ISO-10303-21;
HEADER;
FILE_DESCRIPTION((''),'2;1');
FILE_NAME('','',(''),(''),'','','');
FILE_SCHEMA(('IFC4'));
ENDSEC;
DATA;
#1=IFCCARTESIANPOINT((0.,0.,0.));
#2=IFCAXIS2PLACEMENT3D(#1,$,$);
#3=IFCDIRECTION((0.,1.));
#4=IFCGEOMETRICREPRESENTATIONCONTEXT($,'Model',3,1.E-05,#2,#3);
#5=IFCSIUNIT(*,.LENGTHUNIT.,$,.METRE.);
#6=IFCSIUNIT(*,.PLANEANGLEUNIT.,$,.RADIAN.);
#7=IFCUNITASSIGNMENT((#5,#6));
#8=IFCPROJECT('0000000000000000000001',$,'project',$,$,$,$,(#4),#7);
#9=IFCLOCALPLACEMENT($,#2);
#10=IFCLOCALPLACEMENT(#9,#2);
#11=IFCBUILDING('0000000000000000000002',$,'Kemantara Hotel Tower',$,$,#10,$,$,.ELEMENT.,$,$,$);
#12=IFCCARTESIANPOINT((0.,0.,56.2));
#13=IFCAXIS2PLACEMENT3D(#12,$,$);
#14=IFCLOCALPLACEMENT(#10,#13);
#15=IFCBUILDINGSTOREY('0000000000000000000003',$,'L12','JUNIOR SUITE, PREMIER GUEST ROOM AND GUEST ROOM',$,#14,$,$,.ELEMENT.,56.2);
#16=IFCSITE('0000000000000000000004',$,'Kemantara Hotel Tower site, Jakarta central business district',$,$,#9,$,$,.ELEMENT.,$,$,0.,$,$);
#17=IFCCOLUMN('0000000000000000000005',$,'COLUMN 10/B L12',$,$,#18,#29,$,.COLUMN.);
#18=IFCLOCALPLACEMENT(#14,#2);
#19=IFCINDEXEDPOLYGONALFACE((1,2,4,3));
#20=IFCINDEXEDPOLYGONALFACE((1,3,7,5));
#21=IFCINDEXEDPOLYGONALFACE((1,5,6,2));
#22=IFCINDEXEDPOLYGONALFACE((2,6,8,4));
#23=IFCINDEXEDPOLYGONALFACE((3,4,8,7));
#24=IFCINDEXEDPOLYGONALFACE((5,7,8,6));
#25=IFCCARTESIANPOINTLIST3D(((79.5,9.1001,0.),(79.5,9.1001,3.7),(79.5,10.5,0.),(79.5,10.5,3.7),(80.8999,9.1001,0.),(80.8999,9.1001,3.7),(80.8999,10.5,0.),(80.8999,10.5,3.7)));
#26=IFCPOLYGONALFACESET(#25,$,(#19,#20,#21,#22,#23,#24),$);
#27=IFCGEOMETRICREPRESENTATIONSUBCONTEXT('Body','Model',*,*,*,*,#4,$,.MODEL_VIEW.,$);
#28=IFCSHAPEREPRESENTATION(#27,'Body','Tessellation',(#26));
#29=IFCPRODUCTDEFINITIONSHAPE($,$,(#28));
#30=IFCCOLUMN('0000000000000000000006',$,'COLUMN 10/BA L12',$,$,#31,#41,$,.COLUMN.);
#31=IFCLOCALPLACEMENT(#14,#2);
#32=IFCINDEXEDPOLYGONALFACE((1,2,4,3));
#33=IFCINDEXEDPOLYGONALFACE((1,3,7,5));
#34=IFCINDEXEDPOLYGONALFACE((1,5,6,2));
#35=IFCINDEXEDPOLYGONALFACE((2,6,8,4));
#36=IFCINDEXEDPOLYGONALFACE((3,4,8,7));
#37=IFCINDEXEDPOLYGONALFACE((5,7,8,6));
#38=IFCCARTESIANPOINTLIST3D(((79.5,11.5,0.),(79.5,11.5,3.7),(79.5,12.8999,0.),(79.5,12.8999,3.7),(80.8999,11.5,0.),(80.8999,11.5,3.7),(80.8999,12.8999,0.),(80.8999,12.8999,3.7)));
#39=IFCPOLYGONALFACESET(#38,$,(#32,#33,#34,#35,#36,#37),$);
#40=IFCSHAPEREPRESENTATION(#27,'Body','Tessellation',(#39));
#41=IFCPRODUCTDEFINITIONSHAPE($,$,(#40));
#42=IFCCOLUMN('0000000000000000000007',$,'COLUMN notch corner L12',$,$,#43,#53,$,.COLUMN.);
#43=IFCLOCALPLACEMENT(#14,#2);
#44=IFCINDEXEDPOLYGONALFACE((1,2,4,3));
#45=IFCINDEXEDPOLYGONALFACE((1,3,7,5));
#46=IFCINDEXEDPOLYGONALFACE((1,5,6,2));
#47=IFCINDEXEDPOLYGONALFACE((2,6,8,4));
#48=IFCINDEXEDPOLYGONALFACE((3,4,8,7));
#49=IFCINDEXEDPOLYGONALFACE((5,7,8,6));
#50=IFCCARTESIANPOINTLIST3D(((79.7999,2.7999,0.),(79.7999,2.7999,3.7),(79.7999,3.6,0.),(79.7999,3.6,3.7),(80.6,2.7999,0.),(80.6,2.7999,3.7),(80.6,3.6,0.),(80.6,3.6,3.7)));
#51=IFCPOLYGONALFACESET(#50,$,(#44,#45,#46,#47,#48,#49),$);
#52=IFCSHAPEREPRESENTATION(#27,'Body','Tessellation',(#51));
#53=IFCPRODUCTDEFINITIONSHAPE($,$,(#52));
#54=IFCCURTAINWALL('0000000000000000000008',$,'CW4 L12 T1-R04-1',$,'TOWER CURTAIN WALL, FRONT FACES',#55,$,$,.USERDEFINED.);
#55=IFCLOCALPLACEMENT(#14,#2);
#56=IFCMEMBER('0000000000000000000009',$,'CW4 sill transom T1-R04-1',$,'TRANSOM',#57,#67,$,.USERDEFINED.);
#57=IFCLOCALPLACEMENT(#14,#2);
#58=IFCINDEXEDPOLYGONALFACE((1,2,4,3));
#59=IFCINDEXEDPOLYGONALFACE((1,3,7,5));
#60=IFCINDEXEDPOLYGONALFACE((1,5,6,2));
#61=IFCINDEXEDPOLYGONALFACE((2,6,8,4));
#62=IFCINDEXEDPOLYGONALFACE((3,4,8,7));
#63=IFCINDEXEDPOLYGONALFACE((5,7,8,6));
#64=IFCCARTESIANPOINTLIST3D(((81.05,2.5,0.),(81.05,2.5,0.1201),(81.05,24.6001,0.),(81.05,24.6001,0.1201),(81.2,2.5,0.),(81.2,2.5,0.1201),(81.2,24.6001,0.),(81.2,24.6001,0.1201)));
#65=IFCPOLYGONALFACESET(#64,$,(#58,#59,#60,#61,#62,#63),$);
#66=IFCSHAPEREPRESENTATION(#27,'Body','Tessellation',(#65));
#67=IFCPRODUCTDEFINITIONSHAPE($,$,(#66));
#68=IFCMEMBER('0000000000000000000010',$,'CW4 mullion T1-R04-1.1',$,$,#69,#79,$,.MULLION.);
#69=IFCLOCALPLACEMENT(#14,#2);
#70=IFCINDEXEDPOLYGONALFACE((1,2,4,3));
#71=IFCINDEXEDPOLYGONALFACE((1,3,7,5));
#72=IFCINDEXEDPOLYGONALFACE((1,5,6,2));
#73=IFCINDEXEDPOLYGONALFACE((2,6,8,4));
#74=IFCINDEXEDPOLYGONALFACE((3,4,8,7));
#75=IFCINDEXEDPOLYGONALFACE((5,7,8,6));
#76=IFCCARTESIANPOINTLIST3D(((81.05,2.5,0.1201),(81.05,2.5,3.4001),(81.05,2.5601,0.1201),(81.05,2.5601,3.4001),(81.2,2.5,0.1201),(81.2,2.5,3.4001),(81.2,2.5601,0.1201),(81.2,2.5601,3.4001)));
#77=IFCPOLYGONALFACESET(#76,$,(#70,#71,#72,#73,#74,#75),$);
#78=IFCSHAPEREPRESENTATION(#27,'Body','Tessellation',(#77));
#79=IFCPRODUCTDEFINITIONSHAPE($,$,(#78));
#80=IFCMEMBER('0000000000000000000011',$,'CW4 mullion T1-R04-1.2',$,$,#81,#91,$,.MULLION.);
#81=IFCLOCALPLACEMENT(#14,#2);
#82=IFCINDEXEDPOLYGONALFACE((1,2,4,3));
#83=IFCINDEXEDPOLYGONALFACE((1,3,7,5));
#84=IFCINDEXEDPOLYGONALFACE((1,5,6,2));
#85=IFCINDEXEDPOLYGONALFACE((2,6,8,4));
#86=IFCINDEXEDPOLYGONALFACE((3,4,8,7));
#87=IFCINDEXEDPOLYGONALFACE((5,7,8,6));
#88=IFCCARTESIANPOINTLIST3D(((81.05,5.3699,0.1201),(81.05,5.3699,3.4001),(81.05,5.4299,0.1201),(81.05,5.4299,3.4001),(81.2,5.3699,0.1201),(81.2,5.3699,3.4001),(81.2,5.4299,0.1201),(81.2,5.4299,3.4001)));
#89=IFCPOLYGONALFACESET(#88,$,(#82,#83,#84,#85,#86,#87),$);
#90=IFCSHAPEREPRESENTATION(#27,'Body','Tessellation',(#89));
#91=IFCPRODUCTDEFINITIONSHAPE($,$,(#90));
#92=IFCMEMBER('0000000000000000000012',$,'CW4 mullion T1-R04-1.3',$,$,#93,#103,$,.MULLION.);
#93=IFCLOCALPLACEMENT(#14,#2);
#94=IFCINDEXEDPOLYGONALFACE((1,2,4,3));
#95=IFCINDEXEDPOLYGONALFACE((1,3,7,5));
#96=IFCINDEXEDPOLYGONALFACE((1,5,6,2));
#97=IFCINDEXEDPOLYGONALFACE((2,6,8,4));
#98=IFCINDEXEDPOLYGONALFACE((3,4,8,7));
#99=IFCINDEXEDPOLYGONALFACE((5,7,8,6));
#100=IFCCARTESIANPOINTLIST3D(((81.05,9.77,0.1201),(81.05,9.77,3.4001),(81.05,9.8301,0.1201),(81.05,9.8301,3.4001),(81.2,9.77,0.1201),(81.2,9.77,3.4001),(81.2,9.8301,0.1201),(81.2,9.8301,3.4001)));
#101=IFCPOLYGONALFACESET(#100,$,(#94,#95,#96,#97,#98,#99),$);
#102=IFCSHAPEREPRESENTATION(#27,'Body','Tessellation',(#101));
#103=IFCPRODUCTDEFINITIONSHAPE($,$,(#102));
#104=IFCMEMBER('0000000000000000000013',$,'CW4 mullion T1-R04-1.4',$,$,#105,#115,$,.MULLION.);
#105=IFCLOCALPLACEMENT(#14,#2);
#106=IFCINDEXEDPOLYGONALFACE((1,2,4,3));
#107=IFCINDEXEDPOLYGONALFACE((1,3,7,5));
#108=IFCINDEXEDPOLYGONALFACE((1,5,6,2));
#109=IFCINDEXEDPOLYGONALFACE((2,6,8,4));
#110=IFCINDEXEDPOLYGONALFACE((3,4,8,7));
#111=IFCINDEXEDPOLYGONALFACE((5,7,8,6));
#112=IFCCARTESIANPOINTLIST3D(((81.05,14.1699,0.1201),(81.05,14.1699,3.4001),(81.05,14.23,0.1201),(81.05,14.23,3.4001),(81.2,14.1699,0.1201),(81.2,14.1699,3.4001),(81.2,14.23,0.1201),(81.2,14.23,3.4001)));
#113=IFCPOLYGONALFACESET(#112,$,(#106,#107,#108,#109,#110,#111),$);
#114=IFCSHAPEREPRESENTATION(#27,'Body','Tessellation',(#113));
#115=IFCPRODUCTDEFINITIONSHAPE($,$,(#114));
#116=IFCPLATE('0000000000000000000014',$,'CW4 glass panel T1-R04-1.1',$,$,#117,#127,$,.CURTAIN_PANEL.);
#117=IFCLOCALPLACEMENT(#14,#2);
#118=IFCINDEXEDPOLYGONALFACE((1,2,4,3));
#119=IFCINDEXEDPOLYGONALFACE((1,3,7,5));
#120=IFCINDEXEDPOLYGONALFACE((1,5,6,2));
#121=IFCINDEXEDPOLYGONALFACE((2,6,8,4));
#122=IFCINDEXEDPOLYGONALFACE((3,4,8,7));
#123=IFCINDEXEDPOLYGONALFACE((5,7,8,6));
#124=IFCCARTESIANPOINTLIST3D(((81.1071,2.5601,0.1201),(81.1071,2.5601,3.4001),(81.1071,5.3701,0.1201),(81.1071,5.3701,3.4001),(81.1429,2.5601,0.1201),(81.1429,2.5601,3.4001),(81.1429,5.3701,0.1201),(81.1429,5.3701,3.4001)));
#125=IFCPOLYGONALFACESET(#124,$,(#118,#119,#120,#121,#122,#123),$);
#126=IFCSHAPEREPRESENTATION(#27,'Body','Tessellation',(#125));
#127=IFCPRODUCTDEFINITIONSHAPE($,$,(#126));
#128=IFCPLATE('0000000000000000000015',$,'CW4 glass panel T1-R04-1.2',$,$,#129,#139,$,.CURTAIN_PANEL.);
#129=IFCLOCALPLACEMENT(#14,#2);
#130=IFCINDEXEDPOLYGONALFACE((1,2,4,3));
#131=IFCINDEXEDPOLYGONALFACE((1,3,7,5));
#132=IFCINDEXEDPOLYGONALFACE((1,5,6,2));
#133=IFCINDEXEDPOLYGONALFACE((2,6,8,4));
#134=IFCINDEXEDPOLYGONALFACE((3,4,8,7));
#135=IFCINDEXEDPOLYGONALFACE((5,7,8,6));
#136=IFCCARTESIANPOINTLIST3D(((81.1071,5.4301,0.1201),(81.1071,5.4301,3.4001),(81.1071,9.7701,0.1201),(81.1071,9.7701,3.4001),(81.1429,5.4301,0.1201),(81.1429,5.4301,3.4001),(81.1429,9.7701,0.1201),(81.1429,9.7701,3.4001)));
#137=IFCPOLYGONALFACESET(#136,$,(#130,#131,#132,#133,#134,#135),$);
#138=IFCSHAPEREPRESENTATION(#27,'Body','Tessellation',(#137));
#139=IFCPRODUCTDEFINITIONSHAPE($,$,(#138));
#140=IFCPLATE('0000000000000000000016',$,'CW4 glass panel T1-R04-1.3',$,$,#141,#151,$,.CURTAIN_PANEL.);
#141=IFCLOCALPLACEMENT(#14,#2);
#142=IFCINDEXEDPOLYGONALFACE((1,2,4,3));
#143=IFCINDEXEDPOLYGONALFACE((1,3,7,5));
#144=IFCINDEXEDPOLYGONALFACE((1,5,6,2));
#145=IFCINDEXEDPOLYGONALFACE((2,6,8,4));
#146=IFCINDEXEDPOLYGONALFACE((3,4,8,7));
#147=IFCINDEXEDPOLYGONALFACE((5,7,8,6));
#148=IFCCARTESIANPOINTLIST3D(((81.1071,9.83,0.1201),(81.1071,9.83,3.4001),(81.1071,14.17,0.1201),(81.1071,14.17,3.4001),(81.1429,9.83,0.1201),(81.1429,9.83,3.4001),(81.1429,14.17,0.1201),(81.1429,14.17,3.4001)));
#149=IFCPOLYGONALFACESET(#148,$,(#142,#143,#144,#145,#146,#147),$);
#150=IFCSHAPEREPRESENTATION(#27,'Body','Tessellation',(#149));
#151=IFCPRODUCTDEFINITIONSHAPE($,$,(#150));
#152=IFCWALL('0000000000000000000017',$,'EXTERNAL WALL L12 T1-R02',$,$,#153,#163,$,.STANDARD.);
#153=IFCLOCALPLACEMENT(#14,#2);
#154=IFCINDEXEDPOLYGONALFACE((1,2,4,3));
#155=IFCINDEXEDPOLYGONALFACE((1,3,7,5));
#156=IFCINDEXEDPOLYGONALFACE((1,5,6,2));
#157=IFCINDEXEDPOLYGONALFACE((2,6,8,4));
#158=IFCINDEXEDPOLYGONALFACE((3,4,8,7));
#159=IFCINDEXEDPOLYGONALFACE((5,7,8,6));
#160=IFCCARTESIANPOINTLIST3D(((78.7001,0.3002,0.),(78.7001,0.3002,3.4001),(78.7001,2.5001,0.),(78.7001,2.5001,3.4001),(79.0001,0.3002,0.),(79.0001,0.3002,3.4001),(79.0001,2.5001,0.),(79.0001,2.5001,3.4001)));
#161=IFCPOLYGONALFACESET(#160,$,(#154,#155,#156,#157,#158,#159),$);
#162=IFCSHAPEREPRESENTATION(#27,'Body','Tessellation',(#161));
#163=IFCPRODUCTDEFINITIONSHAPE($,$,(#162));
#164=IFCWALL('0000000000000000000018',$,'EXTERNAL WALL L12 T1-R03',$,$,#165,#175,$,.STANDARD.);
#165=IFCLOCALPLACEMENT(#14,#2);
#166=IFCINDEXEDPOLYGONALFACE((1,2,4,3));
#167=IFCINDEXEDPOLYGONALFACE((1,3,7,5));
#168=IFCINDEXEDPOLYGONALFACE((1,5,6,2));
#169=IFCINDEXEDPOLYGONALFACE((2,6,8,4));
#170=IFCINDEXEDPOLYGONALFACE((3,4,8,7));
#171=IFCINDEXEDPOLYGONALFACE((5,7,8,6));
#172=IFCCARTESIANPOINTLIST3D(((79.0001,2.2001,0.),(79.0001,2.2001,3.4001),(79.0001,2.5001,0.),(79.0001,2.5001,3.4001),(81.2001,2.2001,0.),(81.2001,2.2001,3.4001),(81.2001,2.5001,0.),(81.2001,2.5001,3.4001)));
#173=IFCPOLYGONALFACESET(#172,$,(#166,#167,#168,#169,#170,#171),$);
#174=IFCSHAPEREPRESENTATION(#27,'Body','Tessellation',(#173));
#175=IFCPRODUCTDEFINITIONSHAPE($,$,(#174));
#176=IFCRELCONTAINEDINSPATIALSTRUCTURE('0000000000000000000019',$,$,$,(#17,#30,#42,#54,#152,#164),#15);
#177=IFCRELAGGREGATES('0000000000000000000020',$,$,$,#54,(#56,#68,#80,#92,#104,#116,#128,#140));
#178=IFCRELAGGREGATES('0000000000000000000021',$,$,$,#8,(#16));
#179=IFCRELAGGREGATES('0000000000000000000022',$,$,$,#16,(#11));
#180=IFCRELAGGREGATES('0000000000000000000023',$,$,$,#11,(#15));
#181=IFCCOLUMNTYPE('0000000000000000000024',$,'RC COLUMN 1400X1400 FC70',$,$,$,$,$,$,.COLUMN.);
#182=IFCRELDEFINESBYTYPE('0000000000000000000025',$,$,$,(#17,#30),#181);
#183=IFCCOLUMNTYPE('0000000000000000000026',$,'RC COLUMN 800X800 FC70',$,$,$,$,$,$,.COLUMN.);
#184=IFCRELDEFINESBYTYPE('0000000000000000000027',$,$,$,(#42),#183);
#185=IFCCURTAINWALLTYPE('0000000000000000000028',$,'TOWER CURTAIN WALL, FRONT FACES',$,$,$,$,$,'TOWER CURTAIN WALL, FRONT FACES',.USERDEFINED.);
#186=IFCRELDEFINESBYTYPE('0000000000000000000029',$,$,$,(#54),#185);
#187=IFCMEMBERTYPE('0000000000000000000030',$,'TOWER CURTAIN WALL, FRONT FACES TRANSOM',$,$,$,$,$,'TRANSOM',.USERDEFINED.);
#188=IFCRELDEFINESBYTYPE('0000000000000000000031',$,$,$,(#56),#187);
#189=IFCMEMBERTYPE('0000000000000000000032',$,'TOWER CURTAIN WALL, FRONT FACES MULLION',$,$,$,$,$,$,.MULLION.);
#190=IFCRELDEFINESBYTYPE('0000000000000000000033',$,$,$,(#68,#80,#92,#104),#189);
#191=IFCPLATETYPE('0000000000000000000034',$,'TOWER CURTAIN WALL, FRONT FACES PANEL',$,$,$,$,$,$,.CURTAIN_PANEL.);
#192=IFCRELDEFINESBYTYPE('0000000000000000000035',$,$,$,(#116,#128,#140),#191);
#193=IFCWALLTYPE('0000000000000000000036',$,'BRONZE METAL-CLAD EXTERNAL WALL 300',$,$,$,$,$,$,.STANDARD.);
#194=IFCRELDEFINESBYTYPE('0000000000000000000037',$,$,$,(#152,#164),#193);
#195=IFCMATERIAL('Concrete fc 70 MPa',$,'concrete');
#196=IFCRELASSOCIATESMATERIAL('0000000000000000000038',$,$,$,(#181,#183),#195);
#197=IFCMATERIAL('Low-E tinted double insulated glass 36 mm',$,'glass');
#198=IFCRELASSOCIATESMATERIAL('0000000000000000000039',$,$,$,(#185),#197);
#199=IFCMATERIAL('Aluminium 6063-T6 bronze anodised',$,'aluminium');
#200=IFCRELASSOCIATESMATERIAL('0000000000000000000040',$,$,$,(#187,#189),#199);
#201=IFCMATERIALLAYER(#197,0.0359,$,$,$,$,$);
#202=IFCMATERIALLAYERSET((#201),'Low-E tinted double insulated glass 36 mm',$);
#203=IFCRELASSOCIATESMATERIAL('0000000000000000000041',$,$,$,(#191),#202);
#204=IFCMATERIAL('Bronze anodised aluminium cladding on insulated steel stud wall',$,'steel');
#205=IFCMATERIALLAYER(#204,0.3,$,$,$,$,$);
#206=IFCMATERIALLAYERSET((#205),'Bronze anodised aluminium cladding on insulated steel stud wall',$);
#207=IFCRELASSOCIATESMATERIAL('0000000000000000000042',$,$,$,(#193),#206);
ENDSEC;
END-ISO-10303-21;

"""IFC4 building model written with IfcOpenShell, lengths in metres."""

from ifc_helpers import new_model, si_unit, direction, frame, frame_2d, origin, origin_2d, place, context, subcontext, project, spatial, rectangle, extrude, source, transform, mapped, material, layer, layer_set, material_profile, profile_set, type_object, element, aggregate, save


model = new_model("IFC4")

# Units and contexts
model_context = context("Model", 3, precision=1e-05, world=origin(), true_north=direction((0.0, 1.0)))
body_context = subcontext(model_context, "Body", "Model", "MODEL_VIEW")
ifc_project = project(units=[si_unit("LENGTHUNIT", "METRE"), si_unit("PLANEANGLEUNIT", "RADIAN")], contexts=[model_context])

# Site, building, storey
site_placement = place(None, origin())
site = spatial("IfcSite", under=ifc_project, at=site_placement, Name="Kemantara Hotel Tower site, Jakarta central business district", CompositionType="ELEMENT", RefElevation=0.0)
building_placement = place(site_placement, origin())
building = spatial("IfcBuilding", under=site, at=building_placement, Name="Kemantara Hotel Tower", CompositionType="ELEMENT")
storey_placement = place(building_placement, frame((0.0, 0.0, 56.2)))
storey = spatial("IfcBuildingStorey", under=building, at=storey_placement, Name="L12", Description="JUNIOR SUITE, PREMIER GUEST ROOM AND GUEST ROOM", CompositionType="ELEMENT", Elevation=56.2)

# Columns
ifc_material_1 = material(Name="Concrete fc 70 MPa", Category="concrete")
ifc_material_profile_1 = material_profile(ifc_material_1, rectangle(XDim=1.3999, YDim=1.3999, at=origin_2d()), Name="RC 1400X1400")
ifc_profile_set_1 = profile_set([ifc_material_profile_1], Name="Concrete fc 70 MPa")
column_type_1 = type_object("IfcColumnType", Name="RC COLUMN 1400X1400 FC70", PredefinedType="COLUMN", material=ifc_profile_set_1)
for number, where, z_axis, x_axis, name in (
    (1, (80.2, 9.8, 0.0), (0.0, 0.0, 1.0), (1.0, 0.0, 0.0), "COLUMN 10/B L12"),
    (2, (80.2, 12.2, 0.0), (0.0, 0.0, 1.0), (1.0, 0.0, 0.0), "COLUMN 10/BA L12"),
):
    element("IfcColumn", number, at=place(storey_placement, frame(where, z_axis=z_axis, x_axis=x_axis)), inside=storey, type_object=column_type_1, Name=name, PredefinedType="COLUMN", context=body_context, shape_type="SweptSolid", body=[
        extrude(rectangle(XDim=1.3999, YDim=1.3999, at=origin_2d()), origin(), (0.0, 0.0, 1.0), 3.7),
    ])
ifc_material_profile_2 = material_profile(ifc_material_1, rectangle(XDim=0.8, YDim=0.8, at=origin_2d()), Name="RC 800X800")
ifc_profile_set_2 = profile_set([ifc_material_profile_2], Name="Concrete fc 70 MPa")
column_type_2 = type_object("IfcColumnType", Name="RC COLUMN 800X800 FC70", PredefinedType="COLUMN", material=ifc_profile_set_2)
column_placement = place(storey_placement, frame((80.2, 3.2, 0.0), z_axis=(0.0, 0.0, 1.0), x_axis=(1.0, 0.0, 0.0)))
element("IfcColumn", 3, at=column_placement, inside=storey, type_object=column_type_2, Name="COLUMN notch corner L12", PredefinedType="COLUMN", context=body_context, shape_type="SweptSolid", body=[
    extrude(rectangle(XDim=0.8, YDim=0.8, at=origin_2d()), origin(), (0.0, 0.0, 1.0), 3.7),
])

# Curtain wall, members, plates
ifc_material_2 = material(Name="Low-E tinted double insulated glass 36 mm", Category="glass")
curtain_wall_type = type_object("IfcCurtainWallType", Name="TOWER CURTAIN WALL, FRONT FACES", ElementType="TOWER CURTAIN WALL, FRONT FACES", PredefinedType="USERDEFINED", material=ifc_material_2)
curtain_wall_placement = place(storey_placement, origin())
curtain_wall = element("IfcCurtainWall", 4, at=curtain_wall_placement, inside=storey, type_object=curtain_wall_type, Name="CW4 L12 T1-R04-1", ObjectType="TOWER CURTAIN WALL, FRONT FACES", PredefinedType="USERDEFINED")
ifc_material_3 = material(Name="Aluminium 6063-T6 bronze anodised", Category="aluminium")
ifc_material_profile_3 = material_profile(ifc_material_3, rectangle(XDim=0.1499, YDim=0.1201, at=origin_2d()), Name="TOWER CURTAIN WALL, FRONT FACES TRANSOM")
ifc_profile_set_3 = profile_set([ifc_material_profile_3], Name="Aluminium 6063-T6 bronze anodised")
member_type_1 = type_object("IfcMemberType", Name="TOWER CURTAIN WALL, FRONT FACES TRANSOM", ElementType="TRANSOM", PredefinedType="USERDEFINED", material=ifc_profile_set_3)
member_1_placement = place(storey_placement, frame((81.125, 2.5, 0.0601), z_axis=(0.0, 1.0, 0.0), x_axis=(-1.0, 0.0, 0.0)))
member_1 = element("IfcMember", 5, at=member_1_placement, type_object=member_type_1, Name="CW4 sill transom T1-R04-1", ObjectType="TRANSOM", PredefinedType="USERDEFINED", context=body_context, shape_type="SweptSolid", body=[
    extrude(rectangle(XDim=0.1499, YDim=0.1201, at=origin_2d()), origin(), (0.0, 0.0, 1.0), 22.1001),
])
ifc_material_profile_4 = material_profile(ifc_material_3, rectangle(XDim=0.1499, YDim=0.0601, at=origin_2d()), Name="TOWER CURTAIN WALL, FRONT FACES MULLION")
ifc_profile_set_4 = profile_set([ifc_material_profile_4], Name="Aluminium 6063-T6 bronze anodised")
member_type_2 = type_object("IfcMemberType", Name="TOWER CURTAIN WALL, FRONT FACES MULLION", PredefinedType="MULLION", material=ifc_profile_set_4)
shared_shape_1 = source(origin(), body_context, "Body", "SweptSolid", [
    extrude(rectangle(XDim=0.1499, YDim=0.0601, at=origin_2d()), origin(), (0.0, 0.0, 1.0), 3.28),
])
member_2_placement = place(storey_placement, frame((81.125, 2.53, 0.1201), z_axis=(0.0, 0.0, 1.0), x_axis=(-1.0, 0.0, 0.0)))
member_2 = element("IfcMember", 6, at=member_2_placement, type_object=member_type_2, Name="CW4 mullion T1-R04-1.1", PredefinedType="MULLION", context=body_context, shape_type="MappedRepresentation", body=[
    mapped(shared_shape_1, transform((0.0, 0.0, 0.0))),
])
member_3_placement = place(storey_placement, frame((81.125, 5.3999, 0.1201), z_axis=(0.0, 0.0, 1.0), x_axis=(-1.0, 0.0, 0.0)))
member_3 = element("IfcMember", 7, at=member_3_placement, type_object=member_type_2, Name="CW4 mullion T1-R04-1.2", PredefinedType="MULLION", context=body_context, shape_type="MappedRepresentation", body=[
    mapped(shared_shape_1, transform((0.0, 0.0, 0.0))),
])
member_4_placement = place(storey_placement, frame((81.125, 9.8, 0.1201), z_axis=(0.0, 0.0, 1.0), x_axis=(-1.0, 0.0, 0.0)))
member_4 = element("IfcMember", 8, at=member_4_placement, type_object=member_type_2, Name="CW4 mullion T1-R04-1.3", PredefinedType="MULLION", context=body_context, shape_type="MappedRepresentation", body=[
    mapped(shared_shape_1, transform((0.0, 0.0, 0.0))),
])
member_5_placement = place(storey_placement, frame((81.125, 14.2, 0.1201), z_axis=(0.0, 0.0, 1.0), x_axis=(-1.0, 0.0, 0.0)))
member_5 = element("IfcMember", 9, at=member_5_placement, type_object=member_type_2, Name="CW4 mullion T1-R04-1.4", PredefinedType="MULLION", context=body_context, shape_type="MappedRepresentation", body=[
    mapped(shared_shape_1, transform((0.0, 0.0, 0.0))),
])
ifc_layer_1 = layer(ifc_material_2, 0.0359)
ifc_layer_set_1 = layer_set([ifc_layer_1], Name="Low-E tinted double insulated glass 36 mm")
plate_type = type_object("IfcPlateType", Name="TOWER CURTAIN WALL, FRONT FACES PANEL", PredefinedType="CURTAIN_PANEL", material=ifc_layer_set_1)
shared_shape_2 = source(origin(), body_context, "Body", "SweptSolid", [
    extrude(rectangle(XDim=2.8101, YDim=0.0359, at=origin_2d()), origin(), (0.0, 0.0, 1.0), 3.28),
])
plate_1_placement = place(storey_placement, frame((81.125, 3.9651, 0.1201), z_axis=(0.0, 0.0, 1.0), x_axis=(0.0, 1.0, 0.0)))
plate_1 = element("IfcPlate", 10, at=plate_1_placement, type_object=plate_type, Name="CW4 glass panel T1-R04-1.1", PredefinedType="CURTAIN_PANEL", context=body_context, shape_type="MappedRepresentation", body=[
    mapped(shared_shape_2, transform((0.0, 0.0, 0.0))),
])
shared_shape_3 = source(origin(), body_context, "Body", "SweptSolid", [
    extrude(rectangle(XDim=4.3401, YDim=0.0359, at=origin_2d()), origin(), (0.0, 0.0, 1.0), 3.28),
])
plate_2_placement = place(storey_placement, frame((81.125, 7.6001, 0.1201), z_axis=(0.0, 0.0, 1.0), x_axis=(0.0, 1.0, 0.0)))
plate_2 = element("IfcPlate", 11, at=plate_2_placement, type_object=plate_type, Name="CW4 glass panel T1-R04-1.2", PredefinedType="CURTAIN_PANEL", context=body_context, shape_type="MappedRepresentation", body=[
    mapped(shared_shape_3, transform((0.0, 0.0, 0.0))),
])
plate_3_placement = place(storey_placement, frame((81.125, 12.0, 0.1201), z_axis=(0.0, 0.0, 1.0), x_axis=(0.0, 1.0, 0.0)))
plate_3 = element("IfcPlate", 12, at=plate_3_placement, type_object=plate_type, Name="CW4 glass panel T1-R04-1.3", PredefinedType="CURTAIN_PANEL", context=body_context, shape_type="MappedRepresentation", body=[
    mapped(shared_shape_3, transform((0.0, 0.0, 0.0))),
])
aggregate(curtain_wall, [member_1, member_2, member_3, member_4, member_5, plate_1, plate_2, plate_3])

# Walls
ifc_material_4 = material(Name="Bronze anodised aluminium cladding on insulated steel stud wall", Category="steel")
ifc_layer_2 = layer(ifc_material_4, 0.3)
ifc_layer_set_2 = layer_set([ifc_layer_2], Name="Bronze anodised aluminium cladding on insulated steel stud wall")
wall_type_1 = type_object("IfcWallType", Name="BRONZE METAL-CLAD EXTERNAL WALL 300", PredefinedType="STANDARD", material=ifc_layer_set_2)
for number, where, z_axis, x_axis, name in (
    (13, (78.8501, 0.3, 0.0), (0.0, 0.0, 1.0), (0.0, 1.0, 0.0), "EXTERNAL WALL L12 T1-R02"),
    (14, (79.0, 2.3501, 0.0), (0.0, 0.0, 1.0), (1.0, 0.0, 0.0), "EXTERNAL WALL L12 T1-R03"),
):
    element("IfcWall", number, at=place(storey_placement, frame(where, z_axis=z_axis, x_axis=x_axis)), inside=storey, type_object=wall_type_1, Name=name, PredefinedType="STANDARD", context=body_context, shape_type="SweptSolid", body=[
        extrude(rectangle(XDim=2.2, YDim=0.3, at=frame_2d((1.1001, 0.0))), origin(), (0.0, 0.0, 1.0), 3.4001),
    ])

save(model, "model.ifc")
